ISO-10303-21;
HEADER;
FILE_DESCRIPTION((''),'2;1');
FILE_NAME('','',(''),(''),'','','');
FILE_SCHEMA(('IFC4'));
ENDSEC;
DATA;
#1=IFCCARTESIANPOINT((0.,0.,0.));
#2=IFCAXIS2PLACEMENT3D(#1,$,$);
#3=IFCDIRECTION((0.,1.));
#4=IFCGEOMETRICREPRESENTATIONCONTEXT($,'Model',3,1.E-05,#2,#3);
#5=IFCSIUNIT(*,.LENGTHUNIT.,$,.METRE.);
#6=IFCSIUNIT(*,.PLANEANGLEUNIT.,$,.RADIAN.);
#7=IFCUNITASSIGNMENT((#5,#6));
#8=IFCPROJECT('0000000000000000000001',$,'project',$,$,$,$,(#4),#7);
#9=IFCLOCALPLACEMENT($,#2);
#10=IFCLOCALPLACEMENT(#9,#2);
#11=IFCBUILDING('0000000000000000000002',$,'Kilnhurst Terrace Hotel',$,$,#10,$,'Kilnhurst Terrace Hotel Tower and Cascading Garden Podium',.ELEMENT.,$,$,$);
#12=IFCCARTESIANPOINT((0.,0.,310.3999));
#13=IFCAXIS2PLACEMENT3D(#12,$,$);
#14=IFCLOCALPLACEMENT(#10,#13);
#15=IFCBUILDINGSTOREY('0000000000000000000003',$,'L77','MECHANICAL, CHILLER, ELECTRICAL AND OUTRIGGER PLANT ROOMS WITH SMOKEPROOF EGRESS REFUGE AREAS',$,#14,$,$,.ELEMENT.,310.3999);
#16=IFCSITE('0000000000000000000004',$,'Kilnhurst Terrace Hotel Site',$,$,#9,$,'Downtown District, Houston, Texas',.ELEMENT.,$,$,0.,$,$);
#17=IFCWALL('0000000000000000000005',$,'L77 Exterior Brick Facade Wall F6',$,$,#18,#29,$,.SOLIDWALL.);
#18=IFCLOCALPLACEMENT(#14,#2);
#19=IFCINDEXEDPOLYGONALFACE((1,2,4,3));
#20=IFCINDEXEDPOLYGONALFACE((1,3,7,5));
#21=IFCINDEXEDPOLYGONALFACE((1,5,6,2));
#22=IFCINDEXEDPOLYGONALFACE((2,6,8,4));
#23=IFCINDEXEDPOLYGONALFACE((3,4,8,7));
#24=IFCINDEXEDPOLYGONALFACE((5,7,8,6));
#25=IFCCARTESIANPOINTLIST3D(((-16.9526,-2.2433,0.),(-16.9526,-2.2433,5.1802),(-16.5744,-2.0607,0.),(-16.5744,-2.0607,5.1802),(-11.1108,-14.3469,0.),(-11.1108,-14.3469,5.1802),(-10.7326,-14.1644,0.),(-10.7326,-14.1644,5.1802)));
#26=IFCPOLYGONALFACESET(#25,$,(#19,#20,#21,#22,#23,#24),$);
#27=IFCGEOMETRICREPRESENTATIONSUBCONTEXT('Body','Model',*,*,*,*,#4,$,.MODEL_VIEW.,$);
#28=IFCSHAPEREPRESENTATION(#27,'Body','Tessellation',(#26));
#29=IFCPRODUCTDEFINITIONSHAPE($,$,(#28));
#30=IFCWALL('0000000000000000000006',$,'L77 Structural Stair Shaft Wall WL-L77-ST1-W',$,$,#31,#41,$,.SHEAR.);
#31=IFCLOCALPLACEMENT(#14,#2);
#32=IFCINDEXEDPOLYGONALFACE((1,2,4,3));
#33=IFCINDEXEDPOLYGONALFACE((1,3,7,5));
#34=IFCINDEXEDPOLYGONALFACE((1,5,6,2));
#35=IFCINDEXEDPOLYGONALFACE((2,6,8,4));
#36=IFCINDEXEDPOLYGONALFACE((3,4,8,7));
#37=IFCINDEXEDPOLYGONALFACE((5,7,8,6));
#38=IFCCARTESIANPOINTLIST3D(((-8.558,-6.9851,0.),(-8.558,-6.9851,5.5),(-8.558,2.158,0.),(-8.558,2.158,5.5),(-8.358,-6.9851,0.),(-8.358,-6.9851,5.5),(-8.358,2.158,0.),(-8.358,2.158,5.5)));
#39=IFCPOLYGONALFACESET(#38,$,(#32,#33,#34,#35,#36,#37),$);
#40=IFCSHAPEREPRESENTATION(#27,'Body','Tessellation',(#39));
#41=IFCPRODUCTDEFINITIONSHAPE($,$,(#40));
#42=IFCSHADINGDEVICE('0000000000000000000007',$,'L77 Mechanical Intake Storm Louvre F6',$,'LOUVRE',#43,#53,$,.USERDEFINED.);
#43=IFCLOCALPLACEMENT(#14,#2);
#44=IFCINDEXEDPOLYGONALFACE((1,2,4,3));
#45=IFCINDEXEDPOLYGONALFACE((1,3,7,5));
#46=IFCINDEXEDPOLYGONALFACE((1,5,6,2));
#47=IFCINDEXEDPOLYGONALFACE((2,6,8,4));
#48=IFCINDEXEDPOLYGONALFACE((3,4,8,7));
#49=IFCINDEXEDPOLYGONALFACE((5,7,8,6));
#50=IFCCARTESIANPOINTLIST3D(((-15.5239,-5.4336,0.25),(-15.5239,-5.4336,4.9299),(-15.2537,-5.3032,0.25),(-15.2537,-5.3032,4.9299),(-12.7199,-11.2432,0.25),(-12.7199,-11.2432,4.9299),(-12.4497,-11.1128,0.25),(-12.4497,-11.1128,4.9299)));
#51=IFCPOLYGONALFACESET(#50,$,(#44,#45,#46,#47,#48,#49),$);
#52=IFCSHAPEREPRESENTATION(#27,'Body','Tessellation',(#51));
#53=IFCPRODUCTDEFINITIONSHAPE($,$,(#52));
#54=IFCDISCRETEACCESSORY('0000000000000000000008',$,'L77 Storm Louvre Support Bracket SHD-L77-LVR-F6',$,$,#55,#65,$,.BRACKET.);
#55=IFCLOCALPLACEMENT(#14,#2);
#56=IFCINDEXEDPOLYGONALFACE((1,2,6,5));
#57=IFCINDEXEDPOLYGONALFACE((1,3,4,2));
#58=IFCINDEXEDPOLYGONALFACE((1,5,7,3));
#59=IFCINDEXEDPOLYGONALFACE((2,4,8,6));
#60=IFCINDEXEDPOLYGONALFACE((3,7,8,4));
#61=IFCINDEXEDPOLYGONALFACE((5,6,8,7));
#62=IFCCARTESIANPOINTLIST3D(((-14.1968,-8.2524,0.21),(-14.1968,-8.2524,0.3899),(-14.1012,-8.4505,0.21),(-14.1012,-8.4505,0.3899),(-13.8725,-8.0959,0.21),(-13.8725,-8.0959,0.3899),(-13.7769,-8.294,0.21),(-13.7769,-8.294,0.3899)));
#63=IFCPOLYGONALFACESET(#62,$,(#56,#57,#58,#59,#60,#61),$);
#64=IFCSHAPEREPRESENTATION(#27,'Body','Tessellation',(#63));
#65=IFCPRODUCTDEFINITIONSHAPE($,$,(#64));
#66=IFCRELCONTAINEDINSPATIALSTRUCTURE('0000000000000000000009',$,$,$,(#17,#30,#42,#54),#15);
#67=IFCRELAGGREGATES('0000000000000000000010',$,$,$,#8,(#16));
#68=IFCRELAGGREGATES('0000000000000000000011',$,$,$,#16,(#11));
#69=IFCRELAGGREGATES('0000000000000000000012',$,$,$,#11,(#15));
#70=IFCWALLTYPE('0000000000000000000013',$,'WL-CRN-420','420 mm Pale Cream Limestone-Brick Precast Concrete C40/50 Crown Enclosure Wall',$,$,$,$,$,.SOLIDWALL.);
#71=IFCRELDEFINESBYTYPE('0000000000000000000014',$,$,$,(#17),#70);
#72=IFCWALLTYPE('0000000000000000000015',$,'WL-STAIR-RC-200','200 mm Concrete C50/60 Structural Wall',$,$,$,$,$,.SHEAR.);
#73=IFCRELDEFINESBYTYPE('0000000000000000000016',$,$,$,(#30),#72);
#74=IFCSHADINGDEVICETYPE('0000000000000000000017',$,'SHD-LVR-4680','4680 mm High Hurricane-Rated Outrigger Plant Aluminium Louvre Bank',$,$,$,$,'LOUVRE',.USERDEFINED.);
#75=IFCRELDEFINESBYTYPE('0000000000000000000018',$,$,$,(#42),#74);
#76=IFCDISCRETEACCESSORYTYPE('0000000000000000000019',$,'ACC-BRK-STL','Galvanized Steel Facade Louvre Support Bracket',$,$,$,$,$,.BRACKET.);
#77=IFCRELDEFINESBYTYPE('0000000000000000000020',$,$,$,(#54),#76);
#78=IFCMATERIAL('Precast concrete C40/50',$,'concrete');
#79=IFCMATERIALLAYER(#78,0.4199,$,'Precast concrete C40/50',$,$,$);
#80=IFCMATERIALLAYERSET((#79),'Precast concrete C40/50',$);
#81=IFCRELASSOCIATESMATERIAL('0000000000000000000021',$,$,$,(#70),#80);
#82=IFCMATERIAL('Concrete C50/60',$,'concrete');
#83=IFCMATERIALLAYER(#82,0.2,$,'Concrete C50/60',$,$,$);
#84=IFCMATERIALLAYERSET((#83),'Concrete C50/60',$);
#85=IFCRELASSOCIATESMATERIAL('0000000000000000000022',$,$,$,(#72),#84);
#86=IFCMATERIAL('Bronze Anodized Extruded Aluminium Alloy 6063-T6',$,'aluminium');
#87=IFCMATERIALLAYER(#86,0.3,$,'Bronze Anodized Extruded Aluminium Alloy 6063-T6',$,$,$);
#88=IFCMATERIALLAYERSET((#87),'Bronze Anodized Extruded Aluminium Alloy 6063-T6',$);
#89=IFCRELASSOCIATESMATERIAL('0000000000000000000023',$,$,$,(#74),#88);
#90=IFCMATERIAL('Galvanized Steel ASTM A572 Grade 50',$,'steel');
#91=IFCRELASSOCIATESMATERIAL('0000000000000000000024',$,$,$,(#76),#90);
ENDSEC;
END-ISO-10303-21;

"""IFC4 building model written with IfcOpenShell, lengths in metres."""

from ifc_helpers import new_model, si_unit, direction, frame, frame_2d, origin, origin_2d, place, context, subcontext, project, spatial, rectangle, extrude, material, layer, layer_set, type_object, element, save


model = new_model("IFC4")

# Units and contexts
model_context = context("Model", 3, precision=1e-05, world=origin(), true_north=direction((0.0, 1.0)))
body_context = subcontext(model_context, "Body", "Model", "MODEL_VIEW")
ifc_project = project(units=[si_unit("LENGTHUNIT", "METRE"), si_unit("PLANEANGLEUNIT", "RADIAN")], contexts=[model_context])

# Site, building, storey
site_placement = place(None, origin())
site = spatial("IfcSite", under=ifc_project, at=site_placement, Name="Kilnhurst Terrace Hotel Site", LongName="Downtown District, Houston, Texas", CompositionType="ELEMENT", RefElevation=0.0)
building_placement = place(site_placement, origin())
building = spatial("IfcBuilding", under=site, at=building_placement, Name="Kilnhurst Terrace Hotel", LongName="Kilnhurst Terrace Hotel Tower and Cascading Garden Podium", CompositionType="ELEMENT")
storey_placement = place(building_placement, frame((0.0, 0.0, 310.3999)))
storey = spatial("IfcBuildingStorey", under=building, at=storey_placement, Name="L77", Description="MECHANICAL, CHILLER, ELECTRICAL AND OUTRIGGER PLANT ROOMS WITH SMOKEPROOF EGRESS REFUGE AREAS", CompositionType="ELEMENT", Elevation=310.3999)

# Shared definitions
ifc_material_1 = material(Name="Concrete C50/60", Category="concrete")

# Walls
ifc_material_2 = material(Name="Precast concrete C40/50", Category="concrete")
ifc_layer_1 = layer(ifc_material_2, 0.4199, Name="Precast concrete C40/50")
ifc_layer_set_1 = layer_set([ifc_layer_1], Name="Precast concrete C40/50")
wall_type_1 = type_object("IfcWallType", Name="WL-CRN-420", Description="420 mm Pale Cream Limestone-Brick Precast Concrete C40/50 Crown Enclosure Wall", PredefinedType="SOLIDWALL", material=ifc_layer_set_1)
wall_1_placement = place(storey_placement, frame((-16.7634, -2.1521, 0.0), z_axis=(0.0, 0.0, 1.0), x_axis=(0.434665, -0.900592, 0.0)))
element("IfcWall", 1, at=wall_1_placement, inside=storey, type_object=wall_type_1, Name="L77 Exterior Brick Facade Wall F6", PredefinedType="SOLIDWALL", context=body_context, shape_type="SweptSolid", body=[
    extrude(rectangle(XDim=13.4397, YDim=0.4199, at=frame_2d((6.7197, 0.0))), origin(), (0.0, 0.0, 1.0), 5.1802),
])
ifc_layer_2 = layer(ifc_material_1, 0.2, Name="Concrete C50/60")
ifc_layer_set_2 = layer_set([ifc_layer_2], Name="Concrete C50/60")
wall_type_2 = type_object("IfcWallType", Name="WL-STAIR-RC-200", Description="200 mm Concrete C50/60 Structural Wall", PredefinedType="SHEAR", material=ifc_layer_set_2)
wall_2_placement = place(storey_placement, frame((-8.458, -6.9851, 0.0), z_axis=(0.0, 0.0, 1.0), x_axis=(0.0, 1.0, 0.0)))
element("IfcWall", 2, at=wall_2_placement, inside=storey, type_object=wall_type_2, Name="L77 Structural Stair Shaft Wall WL-L77-ST1-W", PredefinedType="SHEAR", context=body_context, shape_type="SweptSolid", body=[
    extrude(rectangle(XDim=9.1431, YDim=0.2, at=frame_2d((4.5715, 0.0))), origin(), (0.0, 0.0, 1.0), 5.5),
])

# Shading device
ifc_material_3 = material(Name="Bronze Anodized Extruded Aluminium Alloy 6063-T6", Category="aluminium")
ifc_layer_3 = layer(ifc_material_3, 0.3, Name="Bronze Anodized Extruded Aluminium Alloy 6063-T6")
ifc_layer_set_3 = layer_set([ifc_layer_3], Name="Bronze Anodized Extruded Aluminium Alloy 6063-T6")
shading_device_type = type_object("IfcShadingDeviceType", Name="SHD-LVR-4680", Description="4680 mm High Hurricane-Rated Outrigger Plant Aluminium Louvre Bank", ElementType="LOUVRE", PredefinedType="USERDEFINED", material=ifc_layer_set_3)
shading_device_placement = place(storey_placement, frame((-13.9868, -8.2732, 0.25), z_axis=(0.0, 0.0, 1.0), x_axis=(0.434665, -0.900592, 0.0)))
element("IfcShadingDevice", 3, at=shading_device_placement, inside=storey, type_object=shading_device_type, Name="L77 Mechanical Intake Storm Louvre F6", ObjectType="LOUVRE", PredefinedType="USERDEFINED", context=body_context, shape_type="SweptSolid", body=[
    extrude(rectangle(XDim=6.4509, YDim=0.3, at=origin_2d()), origin(), (0.0, 0.0, 1.0), 4.6799),
])

# Discrete accessory
ifc_material_4 = material(Name="Galvanized Steel ASTM A572 Grade 50", Category="steel")
discrete_accessory_type = type_object("IfcDiscreteAccessoryType", Name="ACC-BRK-STL", Description="Galvanized Steel Facade Louvre Support Bracket", PredefinedType="BRACKET", material=ifc_material_4)
discrete_accessory_placement = place(storey_placement, frame((-13.9868, -8.2732, 0.21), z_axis=(0.0, 0.0, 1.0), x_axis=(0.434665, -0.900592, 0.0)))
element("IfcDiscreteAccessory", 4, at=discrete_accessory_placement, inside=storey, type_object=discrete_accessory_type, Name="L77 Storm Louvre Support Bracket SHD-L77-LVR-F6", PredefinedType="BRACKET", context=body_context, shape_type="SweptSolid", body=[
    extrude(rectangle(XDim=0.22, YDim=0.3601, at=origin_2d()), origin(), (0.0, 0.0, 1.0), 0.1799),
])

save(model, "model.ifc")
